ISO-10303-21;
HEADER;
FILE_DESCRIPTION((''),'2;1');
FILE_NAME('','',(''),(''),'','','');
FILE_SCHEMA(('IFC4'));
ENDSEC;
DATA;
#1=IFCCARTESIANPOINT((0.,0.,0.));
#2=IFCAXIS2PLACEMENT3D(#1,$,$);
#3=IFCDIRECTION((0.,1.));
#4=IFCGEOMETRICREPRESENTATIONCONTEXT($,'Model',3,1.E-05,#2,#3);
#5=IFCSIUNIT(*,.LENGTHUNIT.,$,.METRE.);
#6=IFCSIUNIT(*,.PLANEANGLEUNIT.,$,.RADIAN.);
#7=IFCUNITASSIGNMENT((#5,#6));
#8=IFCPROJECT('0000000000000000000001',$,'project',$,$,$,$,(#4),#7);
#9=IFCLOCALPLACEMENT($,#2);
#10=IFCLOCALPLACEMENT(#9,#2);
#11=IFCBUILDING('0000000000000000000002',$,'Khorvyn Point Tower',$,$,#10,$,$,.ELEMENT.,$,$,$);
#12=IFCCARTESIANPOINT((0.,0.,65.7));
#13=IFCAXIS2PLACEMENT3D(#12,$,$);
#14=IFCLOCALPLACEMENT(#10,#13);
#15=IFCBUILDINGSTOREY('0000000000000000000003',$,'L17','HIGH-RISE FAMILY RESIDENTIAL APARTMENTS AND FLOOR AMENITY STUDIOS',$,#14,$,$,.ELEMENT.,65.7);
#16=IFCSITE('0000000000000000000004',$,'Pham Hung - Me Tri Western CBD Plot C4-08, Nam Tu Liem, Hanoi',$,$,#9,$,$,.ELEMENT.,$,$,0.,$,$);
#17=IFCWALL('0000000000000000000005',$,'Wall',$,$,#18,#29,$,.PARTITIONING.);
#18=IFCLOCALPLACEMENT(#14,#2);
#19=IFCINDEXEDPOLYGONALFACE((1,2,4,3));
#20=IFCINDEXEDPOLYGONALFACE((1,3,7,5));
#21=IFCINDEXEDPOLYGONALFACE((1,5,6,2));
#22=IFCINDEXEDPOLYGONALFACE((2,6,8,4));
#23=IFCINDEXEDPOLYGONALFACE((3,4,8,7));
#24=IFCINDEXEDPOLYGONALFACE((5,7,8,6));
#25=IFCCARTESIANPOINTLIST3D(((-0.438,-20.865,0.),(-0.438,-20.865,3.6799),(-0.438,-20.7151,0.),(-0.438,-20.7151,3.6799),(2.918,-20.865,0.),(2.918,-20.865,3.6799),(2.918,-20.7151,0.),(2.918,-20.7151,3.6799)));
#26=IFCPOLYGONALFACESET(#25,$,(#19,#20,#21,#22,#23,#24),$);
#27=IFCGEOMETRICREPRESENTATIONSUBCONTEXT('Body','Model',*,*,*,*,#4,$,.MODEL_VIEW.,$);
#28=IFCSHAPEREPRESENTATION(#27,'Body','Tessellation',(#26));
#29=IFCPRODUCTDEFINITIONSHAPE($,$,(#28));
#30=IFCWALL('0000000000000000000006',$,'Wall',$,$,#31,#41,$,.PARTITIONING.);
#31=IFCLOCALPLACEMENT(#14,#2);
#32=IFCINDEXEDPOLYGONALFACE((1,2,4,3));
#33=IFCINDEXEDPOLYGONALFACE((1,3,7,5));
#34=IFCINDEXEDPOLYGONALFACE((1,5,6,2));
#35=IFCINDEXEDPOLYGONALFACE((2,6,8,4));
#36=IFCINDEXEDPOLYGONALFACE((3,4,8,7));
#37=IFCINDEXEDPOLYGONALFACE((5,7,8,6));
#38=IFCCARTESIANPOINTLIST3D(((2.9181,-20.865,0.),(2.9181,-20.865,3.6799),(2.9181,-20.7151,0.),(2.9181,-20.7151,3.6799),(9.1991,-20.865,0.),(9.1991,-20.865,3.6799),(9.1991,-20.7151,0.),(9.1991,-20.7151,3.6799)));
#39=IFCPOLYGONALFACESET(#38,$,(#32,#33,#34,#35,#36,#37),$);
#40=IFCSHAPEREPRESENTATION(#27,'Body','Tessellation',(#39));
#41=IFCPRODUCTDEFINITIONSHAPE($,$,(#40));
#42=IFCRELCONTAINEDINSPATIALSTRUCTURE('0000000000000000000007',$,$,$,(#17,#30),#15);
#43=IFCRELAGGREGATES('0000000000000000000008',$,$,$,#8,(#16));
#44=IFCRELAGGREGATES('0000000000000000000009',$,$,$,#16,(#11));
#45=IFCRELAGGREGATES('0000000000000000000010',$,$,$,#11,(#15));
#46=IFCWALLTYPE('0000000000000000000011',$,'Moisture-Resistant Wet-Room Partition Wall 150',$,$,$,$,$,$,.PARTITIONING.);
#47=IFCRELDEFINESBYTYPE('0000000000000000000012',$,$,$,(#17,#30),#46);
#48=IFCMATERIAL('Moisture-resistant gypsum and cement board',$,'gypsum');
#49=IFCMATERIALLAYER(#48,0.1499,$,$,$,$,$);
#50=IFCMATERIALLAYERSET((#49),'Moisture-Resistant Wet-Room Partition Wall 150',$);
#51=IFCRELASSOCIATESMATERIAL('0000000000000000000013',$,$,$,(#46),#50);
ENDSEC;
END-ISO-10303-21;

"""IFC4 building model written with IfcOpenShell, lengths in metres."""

from ifc_helpers import new_model, si_unit, direction, frame, frame_2d, origin, place, context, subcontext, project, spatial, rectangle, extrude, material, layer, layer_set, type_object, element, save


model = new_model("IFC4")

# Units and contexts
model_context = context("Model", 3, precision=1e-05, world=origin(), true_north=direction((0.0, 1.0)))
body_context = subcontext(model_context, "Body", "Model", "MODEL_VIEW")
ifc_project = project(units=[si_unit("LENGTHUNIT", "METRE"), si_unit("PLANEANGLEUNIT", "RADIAN")], contexts=[model_context])

# Site, building, storey
site_placement = place(None, origin())
site = spatial("IfcSite", under=ifc_project, at=site_placement, Name="Pham Hung - Me Tri Western CBD Plot C4-08, Nam Tu Liem, Hanoi", CompositionType="ELEMENT", RefElevation=0.0)
building_placement = place(site_placement, origin())
building = spatial("IfcBuilding", under=site, at=building_placement, Name="Khorvyn Point Tower", CompositionType="ELEMENT")
storey_placement = place(building_placement, frame((0.0, 0.0, 65.7)))
storey = spatial("IfcBuildingStorey", under=building, at=storey_placement, Name="L17", Description="HIGH-RISE FAMILY RESIDENTIAL APARTMENTS AND FLOOR AMENITY STUDIOS", CompositionType="ELEMENT", Elevation=65.7)

# Shared definitions
ifc_material_1 = material(Name="Moisture-resistant gypsum and cement board", Category="gypsum")
ifc_layer_1 = layer(ifc_material_1, 0.1499)
ifc_layer_set_1 = layer_set([ifc_layer_1], Name="Moisture-Resistant Wet-Room Partition Wall 150")
wall_type_1 = type_object("IfcWallType", Name="Moisture-Resistant Wet-Room Partition Wall 150", PredefinedType="PARTITIONING", material=ifc_layer_set_1)

# Walls
for number, where, z_axis, x_axis, name in (
    (1, (-0.438, -20.79, 0.0), (0.0, 0.0, 1.0), (1.0, 0.0, 0.0), "Wall"),
):
    element("IfcWall", number, at=place(storey_placement, frame(where, z_axis=z_axis, x_axis=x_axis)), inside=storey, type_object=wall_type_1, Name=name, PredefinedType="PARTITIONING", context=body_context, shape_type="SweptSolid", body=[
        extrude(rectangle(XDim=3.356, YDim=0.1499, at=frame_2d((1.678, 0.0))), origin(), (0.0, 0.0, 1.0), 3.6799),
    ])
wall_1_placement = place(storey_placement, frame((2.918, -20.79, 0.0), z_axis=(0.0, 0.0, 1.0), x_axis=(1.0, 0.0, 0.0)))
element("IfcWall", 2, at=wall_1_placement, inside=storey, type_object=wall_type_1, Name="Wall", PredefinedType="PARTITIONING", context=body_context, shape_type="SweptSolid", body=[
    extrude(rectangle(XDim=6.281, YDim=0.1499, at=frame_2d((3.1406, 0.0))), origin(), (0.0, 0.0, 1.0), 3.6799),
])

save(model, "model.ifc")
